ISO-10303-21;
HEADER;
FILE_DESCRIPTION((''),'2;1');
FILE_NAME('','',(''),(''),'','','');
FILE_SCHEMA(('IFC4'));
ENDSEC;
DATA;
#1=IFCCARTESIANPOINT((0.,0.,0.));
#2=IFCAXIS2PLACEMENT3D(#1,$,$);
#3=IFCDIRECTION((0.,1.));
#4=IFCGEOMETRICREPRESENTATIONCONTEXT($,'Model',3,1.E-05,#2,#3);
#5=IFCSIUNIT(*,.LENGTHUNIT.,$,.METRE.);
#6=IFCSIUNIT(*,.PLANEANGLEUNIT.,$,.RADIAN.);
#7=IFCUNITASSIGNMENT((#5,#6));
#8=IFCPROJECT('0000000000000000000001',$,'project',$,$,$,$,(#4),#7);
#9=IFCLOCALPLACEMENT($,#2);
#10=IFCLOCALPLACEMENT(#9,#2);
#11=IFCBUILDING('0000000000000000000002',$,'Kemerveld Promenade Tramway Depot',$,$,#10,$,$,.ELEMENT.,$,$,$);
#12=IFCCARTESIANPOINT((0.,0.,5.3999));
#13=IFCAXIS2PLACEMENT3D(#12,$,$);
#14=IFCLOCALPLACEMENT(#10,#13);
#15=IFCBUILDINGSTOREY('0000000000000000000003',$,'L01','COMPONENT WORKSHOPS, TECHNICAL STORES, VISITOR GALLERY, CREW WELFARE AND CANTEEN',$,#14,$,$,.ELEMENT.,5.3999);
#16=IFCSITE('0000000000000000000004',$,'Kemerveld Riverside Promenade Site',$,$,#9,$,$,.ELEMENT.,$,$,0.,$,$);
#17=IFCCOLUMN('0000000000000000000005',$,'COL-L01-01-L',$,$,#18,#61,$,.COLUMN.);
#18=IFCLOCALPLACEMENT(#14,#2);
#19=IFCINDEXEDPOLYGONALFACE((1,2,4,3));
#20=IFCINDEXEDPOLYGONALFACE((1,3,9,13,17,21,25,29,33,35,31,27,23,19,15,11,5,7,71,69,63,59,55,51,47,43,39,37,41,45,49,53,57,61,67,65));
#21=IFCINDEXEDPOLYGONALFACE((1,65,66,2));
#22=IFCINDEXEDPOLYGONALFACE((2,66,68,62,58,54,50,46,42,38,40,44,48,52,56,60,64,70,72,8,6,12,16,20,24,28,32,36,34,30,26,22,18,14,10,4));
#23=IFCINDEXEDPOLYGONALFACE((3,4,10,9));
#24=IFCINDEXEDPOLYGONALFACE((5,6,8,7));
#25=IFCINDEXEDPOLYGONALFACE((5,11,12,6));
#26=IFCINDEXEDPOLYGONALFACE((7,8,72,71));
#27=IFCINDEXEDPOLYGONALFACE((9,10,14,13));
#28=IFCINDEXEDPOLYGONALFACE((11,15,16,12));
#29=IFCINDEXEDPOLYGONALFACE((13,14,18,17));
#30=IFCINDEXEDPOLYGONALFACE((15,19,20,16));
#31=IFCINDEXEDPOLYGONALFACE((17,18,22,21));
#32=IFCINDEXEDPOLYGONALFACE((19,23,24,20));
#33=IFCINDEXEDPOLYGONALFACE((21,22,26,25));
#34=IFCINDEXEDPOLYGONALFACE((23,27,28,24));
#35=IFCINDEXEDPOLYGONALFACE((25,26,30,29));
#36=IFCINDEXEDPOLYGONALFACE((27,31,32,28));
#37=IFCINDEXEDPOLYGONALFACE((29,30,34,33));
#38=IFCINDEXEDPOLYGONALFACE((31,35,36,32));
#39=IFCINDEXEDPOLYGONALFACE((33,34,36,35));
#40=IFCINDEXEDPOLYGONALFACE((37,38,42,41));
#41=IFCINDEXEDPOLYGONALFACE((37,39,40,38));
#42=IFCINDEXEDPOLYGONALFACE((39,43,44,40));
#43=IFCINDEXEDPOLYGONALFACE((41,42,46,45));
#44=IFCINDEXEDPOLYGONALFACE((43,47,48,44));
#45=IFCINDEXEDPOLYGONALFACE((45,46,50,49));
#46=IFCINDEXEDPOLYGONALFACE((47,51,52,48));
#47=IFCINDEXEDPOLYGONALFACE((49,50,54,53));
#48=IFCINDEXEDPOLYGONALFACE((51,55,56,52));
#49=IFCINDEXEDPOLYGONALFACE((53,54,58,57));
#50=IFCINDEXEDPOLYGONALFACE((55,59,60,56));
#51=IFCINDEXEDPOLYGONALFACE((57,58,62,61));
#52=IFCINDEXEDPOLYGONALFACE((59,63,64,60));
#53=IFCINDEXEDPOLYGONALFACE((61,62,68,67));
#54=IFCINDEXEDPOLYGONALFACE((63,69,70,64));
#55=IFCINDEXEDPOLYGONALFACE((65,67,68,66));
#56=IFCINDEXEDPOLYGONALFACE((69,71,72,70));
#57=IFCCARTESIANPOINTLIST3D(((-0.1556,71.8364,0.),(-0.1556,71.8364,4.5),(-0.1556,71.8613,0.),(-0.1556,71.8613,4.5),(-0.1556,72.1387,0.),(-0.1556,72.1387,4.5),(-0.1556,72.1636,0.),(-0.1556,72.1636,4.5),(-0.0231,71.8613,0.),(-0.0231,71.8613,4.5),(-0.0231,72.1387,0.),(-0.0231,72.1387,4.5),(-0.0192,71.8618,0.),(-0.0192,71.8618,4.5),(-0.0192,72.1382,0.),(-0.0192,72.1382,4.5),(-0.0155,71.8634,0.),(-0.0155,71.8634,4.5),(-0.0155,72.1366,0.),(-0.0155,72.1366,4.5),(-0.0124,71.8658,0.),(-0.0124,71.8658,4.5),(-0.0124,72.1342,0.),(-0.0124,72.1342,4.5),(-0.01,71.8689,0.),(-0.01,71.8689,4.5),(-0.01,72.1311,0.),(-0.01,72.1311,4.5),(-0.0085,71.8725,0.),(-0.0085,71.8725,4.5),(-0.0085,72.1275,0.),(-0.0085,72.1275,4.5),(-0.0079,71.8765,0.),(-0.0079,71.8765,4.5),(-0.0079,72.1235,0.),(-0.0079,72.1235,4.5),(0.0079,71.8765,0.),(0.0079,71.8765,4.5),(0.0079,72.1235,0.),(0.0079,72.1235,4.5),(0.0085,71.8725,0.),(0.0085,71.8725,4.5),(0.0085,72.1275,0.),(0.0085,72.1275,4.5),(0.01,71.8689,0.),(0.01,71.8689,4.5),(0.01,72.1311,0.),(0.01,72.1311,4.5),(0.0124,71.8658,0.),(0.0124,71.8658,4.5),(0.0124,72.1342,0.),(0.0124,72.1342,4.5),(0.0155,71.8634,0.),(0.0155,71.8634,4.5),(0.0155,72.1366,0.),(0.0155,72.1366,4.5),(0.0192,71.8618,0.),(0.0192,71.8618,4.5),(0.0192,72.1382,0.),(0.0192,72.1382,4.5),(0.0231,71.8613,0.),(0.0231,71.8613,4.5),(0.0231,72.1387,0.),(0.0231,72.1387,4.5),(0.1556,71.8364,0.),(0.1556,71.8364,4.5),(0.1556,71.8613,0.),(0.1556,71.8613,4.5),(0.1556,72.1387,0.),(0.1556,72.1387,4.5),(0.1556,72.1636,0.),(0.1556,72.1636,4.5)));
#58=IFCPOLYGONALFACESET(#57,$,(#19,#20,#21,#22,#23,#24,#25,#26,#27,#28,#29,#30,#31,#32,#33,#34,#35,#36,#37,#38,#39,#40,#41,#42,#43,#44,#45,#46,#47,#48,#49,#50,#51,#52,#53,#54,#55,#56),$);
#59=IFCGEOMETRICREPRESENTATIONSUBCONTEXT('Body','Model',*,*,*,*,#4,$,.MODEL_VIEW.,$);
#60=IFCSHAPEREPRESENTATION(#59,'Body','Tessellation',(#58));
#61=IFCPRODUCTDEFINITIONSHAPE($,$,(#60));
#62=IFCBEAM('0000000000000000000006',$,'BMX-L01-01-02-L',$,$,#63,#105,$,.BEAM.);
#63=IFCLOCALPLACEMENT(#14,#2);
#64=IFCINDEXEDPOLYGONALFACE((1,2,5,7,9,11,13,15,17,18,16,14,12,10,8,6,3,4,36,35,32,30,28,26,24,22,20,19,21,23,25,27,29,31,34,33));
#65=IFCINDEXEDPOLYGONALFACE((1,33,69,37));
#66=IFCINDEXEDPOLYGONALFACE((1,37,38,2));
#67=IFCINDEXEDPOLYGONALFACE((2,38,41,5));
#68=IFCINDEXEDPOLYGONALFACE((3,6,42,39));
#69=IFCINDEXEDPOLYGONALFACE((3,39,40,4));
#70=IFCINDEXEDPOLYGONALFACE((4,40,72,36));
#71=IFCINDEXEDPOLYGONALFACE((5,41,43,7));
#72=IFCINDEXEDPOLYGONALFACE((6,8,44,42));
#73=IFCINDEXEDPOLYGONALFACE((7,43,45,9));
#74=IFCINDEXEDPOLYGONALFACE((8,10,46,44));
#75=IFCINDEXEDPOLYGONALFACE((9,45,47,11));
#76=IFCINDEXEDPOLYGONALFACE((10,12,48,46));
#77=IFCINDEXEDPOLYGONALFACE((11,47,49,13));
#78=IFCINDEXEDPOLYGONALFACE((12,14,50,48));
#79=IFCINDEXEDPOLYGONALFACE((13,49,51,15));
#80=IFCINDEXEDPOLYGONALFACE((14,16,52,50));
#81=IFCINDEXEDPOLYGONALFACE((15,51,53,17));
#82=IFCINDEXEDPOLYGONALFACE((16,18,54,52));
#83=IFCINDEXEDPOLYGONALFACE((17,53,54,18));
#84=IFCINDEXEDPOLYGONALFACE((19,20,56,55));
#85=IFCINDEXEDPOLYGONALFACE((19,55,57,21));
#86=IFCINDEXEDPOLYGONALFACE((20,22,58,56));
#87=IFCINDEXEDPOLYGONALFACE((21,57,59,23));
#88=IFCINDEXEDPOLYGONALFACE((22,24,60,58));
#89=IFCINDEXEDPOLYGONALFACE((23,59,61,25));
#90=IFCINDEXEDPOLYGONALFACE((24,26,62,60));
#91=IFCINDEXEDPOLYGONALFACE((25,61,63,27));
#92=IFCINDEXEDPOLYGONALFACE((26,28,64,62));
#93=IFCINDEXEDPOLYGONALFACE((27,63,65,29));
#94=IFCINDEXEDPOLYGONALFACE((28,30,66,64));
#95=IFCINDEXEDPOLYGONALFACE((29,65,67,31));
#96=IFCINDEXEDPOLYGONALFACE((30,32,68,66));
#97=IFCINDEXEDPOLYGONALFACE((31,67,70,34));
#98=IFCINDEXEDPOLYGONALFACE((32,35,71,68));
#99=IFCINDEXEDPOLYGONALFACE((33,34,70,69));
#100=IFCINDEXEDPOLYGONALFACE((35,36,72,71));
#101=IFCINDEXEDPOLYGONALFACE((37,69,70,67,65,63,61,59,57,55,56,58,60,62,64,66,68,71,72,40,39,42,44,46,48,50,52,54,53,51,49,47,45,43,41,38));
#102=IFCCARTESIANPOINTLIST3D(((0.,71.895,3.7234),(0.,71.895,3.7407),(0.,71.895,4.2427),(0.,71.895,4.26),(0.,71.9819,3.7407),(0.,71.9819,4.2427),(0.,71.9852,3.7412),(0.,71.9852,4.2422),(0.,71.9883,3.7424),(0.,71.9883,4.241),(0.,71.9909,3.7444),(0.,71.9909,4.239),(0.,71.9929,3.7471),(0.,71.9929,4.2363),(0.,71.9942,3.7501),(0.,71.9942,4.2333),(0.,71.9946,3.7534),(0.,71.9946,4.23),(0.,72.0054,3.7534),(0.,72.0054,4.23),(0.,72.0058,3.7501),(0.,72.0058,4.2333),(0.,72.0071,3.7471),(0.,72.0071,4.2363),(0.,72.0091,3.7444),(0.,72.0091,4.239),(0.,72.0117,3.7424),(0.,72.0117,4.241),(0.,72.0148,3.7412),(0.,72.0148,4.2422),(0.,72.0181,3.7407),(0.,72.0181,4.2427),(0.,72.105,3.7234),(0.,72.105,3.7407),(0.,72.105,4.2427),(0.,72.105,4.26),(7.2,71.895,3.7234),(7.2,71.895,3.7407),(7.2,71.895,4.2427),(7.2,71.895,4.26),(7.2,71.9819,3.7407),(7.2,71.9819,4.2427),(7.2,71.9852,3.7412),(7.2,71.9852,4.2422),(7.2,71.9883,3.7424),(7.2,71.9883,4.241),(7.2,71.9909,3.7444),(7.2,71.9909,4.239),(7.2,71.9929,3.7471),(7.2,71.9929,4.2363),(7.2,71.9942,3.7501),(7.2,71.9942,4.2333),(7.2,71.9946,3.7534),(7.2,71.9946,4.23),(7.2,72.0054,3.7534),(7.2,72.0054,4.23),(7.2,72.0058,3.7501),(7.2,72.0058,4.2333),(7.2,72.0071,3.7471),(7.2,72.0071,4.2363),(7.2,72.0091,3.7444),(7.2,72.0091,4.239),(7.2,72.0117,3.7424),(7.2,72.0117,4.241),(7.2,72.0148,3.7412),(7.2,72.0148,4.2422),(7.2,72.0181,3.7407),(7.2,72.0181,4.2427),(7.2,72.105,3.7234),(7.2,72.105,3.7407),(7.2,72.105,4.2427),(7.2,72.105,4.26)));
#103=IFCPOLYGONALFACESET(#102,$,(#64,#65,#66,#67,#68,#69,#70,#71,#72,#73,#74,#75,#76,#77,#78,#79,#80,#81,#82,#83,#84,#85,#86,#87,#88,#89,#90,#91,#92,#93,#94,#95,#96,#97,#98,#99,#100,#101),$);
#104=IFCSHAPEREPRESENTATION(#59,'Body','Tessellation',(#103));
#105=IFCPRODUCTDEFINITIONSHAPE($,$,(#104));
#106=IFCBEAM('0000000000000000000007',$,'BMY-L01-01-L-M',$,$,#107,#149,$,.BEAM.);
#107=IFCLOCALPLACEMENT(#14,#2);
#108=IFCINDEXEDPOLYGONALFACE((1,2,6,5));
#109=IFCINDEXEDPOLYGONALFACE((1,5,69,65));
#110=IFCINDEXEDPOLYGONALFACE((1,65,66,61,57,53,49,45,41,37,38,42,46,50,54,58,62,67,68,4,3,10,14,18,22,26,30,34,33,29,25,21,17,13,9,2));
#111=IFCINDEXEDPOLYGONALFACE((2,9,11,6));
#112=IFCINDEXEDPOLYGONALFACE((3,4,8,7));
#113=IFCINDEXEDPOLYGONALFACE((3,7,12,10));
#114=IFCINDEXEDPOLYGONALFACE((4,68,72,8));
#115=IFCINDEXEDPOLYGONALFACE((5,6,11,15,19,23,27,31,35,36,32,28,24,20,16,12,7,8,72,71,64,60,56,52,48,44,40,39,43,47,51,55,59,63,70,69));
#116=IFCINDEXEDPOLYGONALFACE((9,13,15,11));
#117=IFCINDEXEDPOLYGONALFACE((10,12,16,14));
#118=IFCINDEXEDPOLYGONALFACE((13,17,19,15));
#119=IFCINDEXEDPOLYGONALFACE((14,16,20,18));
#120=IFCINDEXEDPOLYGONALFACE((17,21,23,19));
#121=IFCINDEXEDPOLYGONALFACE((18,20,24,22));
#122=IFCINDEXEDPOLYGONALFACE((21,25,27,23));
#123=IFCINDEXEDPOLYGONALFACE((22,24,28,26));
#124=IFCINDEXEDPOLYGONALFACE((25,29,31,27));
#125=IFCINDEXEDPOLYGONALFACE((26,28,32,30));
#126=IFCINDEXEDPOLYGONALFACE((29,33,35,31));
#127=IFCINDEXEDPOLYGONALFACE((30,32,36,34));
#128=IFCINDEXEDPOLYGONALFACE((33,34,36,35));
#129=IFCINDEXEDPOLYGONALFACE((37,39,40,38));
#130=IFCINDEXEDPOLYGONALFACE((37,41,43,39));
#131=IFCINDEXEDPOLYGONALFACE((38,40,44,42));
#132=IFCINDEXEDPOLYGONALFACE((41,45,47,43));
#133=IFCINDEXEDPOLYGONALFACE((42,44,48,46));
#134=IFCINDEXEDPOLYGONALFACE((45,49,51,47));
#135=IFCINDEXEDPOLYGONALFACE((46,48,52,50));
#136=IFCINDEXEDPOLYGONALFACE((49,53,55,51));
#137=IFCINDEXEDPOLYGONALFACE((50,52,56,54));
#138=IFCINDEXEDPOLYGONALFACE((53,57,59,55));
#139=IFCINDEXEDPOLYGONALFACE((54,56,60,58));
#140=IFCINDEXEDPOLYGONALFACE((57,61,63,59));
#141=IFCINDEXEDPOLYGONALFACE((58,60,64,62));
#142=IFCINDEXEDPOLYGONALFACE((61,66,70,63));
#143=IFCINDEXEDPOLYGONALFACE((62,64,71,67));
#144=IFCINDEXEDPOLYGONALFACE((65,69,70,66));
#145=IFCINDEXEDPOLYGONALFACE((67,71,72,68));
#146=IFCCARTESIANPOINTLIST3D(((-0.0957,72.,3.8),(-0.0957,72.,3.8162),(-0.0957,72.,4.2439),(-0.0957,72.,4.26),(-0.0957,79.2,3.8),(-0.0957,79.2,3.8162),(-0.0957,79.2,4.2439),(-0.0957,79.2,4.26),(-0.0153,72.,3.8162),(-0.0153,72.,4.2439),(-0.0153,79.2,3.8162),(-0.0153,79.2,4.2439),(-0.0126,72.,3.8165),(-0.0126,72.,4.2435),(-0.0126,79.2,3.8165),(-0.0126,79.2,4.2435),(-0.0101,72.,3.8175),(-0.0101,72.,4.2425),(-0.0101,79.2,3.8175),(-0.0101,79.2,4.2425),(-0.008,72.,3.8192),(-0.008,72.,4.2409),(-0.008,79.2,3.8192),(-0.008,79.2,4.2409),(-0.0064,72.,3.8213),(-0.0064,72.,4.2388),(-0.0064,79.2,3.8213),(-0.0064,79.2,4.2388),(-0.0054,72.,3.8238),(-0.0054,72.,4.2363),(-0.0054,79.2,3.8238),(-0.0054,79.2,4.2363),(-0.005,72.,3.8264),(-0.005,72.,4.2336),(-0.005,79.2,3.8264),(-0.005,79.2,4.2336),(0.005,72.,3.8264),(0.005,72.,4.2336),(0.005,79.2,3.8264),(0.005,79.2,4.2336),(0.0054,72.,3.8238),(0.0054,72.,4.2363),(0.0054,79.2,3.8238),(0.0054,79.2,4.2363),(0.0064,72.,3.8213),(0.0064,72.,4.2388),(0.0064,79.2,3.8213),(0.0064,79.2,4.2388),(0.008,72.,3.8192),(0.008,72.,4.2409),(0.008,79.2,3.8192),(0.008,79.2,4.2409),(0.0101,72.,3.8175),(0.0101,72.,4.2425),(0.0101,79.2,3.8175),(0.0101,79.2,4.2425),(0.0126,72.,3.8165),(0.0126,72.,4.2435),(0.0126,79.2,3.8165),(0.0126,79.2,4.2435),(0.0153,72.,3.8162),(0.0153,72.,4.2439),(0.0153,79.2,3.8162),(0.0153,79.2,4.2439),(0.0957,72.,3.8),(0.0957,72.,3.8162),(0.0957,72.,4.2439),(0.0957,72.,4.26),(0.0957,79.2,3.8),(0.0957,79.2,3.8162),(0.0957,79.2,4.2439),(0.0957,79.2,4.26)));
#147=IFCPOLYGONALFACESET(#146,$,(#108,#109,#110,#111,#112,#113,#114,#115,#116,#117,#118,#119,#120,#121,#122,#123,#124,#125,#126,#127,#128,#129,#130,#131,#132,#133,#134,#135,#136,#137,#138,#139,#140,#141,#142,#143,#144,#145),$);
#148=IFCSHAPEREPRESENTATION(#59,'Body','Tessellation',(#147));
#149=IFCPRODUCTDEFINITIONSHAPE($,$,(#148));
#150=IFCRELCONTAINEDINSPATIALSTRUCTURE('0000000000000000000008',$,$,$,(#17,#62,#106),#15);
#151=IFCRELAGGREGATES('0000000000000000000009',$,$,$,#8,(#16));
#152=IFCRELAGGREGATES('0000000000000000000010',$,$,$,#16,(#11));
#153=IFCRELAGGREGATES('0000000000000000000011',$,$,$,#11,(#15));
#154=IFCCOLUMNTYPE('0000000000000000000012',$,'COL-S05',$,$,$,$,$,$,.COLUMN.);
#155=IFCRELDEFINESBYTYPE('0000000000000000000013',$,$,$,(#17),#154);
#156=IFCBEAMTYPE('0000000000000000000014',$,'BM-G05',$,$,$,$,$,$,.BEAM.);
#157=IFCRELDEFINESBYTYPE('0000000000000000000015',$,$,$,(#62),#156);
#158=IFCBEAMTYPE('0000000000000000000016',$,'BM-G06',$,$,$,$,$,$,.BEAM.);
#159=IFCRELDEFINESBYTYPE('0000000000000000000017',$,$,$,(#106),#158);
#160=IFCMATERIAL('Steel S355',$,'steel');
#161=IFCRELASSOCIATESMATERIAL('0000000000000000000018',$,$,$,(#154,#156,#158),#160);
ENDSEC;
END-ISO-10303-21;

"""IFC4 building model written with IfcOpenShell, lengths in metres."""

from ifc_helpers import new_model, si_unit, direction, frame, origin, origin_2d, place, context, subcontext, project, spatial, i_section, extrude, material, material_profile, profile_set, type_object, element, save


model = new_model("IFC4")

# Units and contexts
model_context = context("Model", 3, precision=1e-05, world=origin(), true_north=direction((0.0, 1.0)))
body_context = subcontext(model_context, "Body", "Model", "MODEL_VIEW")
ifc_project = project(units=[si_unit("LENGTHUNIT", "METRE"), si_unit("PLANEANGLEUNIT", "RADIAN")], contexts=[model_context])

# Site, building, storey
site_placement = place(None, origin())
site = spatial("IfcSite", under=ifc_project, at=site_placement, Name="Kemerveld Riverside Promenade Site", CompositionType="ELEMENT", RefElevation=0.0)
building_placement = place(site_placement, origin())
building = spatial("IfcBuilding", under=site, at=building_placement, Name="Kemerveld Promenade Tramway Depot", CompositionType="ELEMENT")
storey_placement = place(building_placement, frame((0.0, 0.0, 5.3999)))
storey = spatial("IfcBuildingStorey", under=building, at=storey_placement, Name="L01", Description="COMPONENT WORKSHOPS, TECHNICAL STORES, VISITOR GALLERY, CREW WELFARE AND CANTEEN", CompositionType="ELEMENT", Elevation=5.3999)

# Column
ifc_material_1 = material(Name="Steel S355", Category="steel")
ifc_material_profile_1 = material_profile(ifc_material_1, i_section(OverallWidth=0.3113, OverallDepth=0.3271, WebThickness=0.0159, FlangeThickness=0.0249, FilletRadius=0.0151, at=origin_2d()), Name="305x305x158 UC")
ifc_profile_set_1 = profile_set([ifc_material_profile_1], Name="Steel S355")
column_type = type_object("IfcColumnType", Name="COL-S05", PredefinedType="COLUMN", material=ifc_profile_set_1)
column_placement = place(storey_placement, frame((0.0, 72.0, 0.0), z_axis=(0.0, 0.0, 1.0), x_axis=(1.0, 0.0, 0.0)))
element("IfcColumn", 1, at=column_placement, inside=storey, type_object=column_type, Name="COL-L01-01-L", PredefinedType="COLUMN", context=body_context, shape_type="SweptSolid", body=[
    extrude(i_section(OverallWidth=0.3113, OverallDepth=0.3271, WebThickness=0.0159, FlangeThickness=0.0249, FilletRadius=0.0151, at=origin_2d()), origin(), (0.0, 0.0, 1.0), 4.5),
])

# Beams
ifc_material_profile_2 = material_profile(ifc_material_1, i_section(OverallWidth=0.21, OverallDepth=0.5366, WebThickness=0.0107, FlangeThickness=0.0173, FilletRadius=0.0127, at=origin_2d()), Name="533x210x101 UB")
ifc_profile_set_2 = profile_set([ifc_material_profile_2], Name="Steel S355")
beam_type_1 = type_object("IfcBeamType", Name="BM-G05", PredefinedType="BEAM", material=ifc_profile_set_2)
beam_1_placement = place(storey_placement, frame((0.0, 72.0, 3.9917), z_axis=(1.0, 0.0, 0.0), x_axis=(0.0, 1.0, 0.0)))
element("IfcBeam", 2, at=beam_1_placement, inside=storey, type_object=beam_type_1, Name="BMX-L01-01-02-L", PredefinedType="BEAM", context=body_context, shape_type="SweptSolid", body=[
    extrude(i_section(OverallWidth=0.21, OverallDepth=0.5366, WebThickness=0.0107, FlangeThickness=0.0173, FilletRadius=0.0127, at=origin_2d()), origin(), (0.0, 0.0, 1.0), 7.2),
])
ifc_material_profile_3 = material_profile(ifc_material_1, i_section(OverallWidth=0.1914, OverallDepth=0.46, WebThickness=0.01, FlangeThickness=0.0161, FilletRadius=0.0103, at=origin_2d()), Name="457x191x82 UB")
ifc_profile_set_3 = profile_set([ifc_material_profile_3], Name="Steel S355")
beam_type_2 = type_object("IfcBeamType", Name="BM-G06", PredefinedType="BEAM", material=ifc_profile_set_3)
beam_2_placement = place(storey_placement, frame((0.0, 72.0, 4.03), z_axis=(0.0, 1.0, 0.0), x_axis=(-1.0, 0.0, 0.0)))
element("IfcBeam", 3, at=beam_2_placement, inside=storey, type_object=beam_type_2, Name="BMY-L01-01-L-M", PredefinedType="BEAM", context=body_context, shape_type="SweptSolid", body=[
    extrude(i_section(OverallWidth=0.1914, OverallDepth=0.46, WebThickness=0.01, FlangeThickness=0.0161, FilletRadius=0.0103, at=origin_2d()), origin(), (0.0, 0.0, 1.0), 7.2),
])

save(model, "model.ifc")
